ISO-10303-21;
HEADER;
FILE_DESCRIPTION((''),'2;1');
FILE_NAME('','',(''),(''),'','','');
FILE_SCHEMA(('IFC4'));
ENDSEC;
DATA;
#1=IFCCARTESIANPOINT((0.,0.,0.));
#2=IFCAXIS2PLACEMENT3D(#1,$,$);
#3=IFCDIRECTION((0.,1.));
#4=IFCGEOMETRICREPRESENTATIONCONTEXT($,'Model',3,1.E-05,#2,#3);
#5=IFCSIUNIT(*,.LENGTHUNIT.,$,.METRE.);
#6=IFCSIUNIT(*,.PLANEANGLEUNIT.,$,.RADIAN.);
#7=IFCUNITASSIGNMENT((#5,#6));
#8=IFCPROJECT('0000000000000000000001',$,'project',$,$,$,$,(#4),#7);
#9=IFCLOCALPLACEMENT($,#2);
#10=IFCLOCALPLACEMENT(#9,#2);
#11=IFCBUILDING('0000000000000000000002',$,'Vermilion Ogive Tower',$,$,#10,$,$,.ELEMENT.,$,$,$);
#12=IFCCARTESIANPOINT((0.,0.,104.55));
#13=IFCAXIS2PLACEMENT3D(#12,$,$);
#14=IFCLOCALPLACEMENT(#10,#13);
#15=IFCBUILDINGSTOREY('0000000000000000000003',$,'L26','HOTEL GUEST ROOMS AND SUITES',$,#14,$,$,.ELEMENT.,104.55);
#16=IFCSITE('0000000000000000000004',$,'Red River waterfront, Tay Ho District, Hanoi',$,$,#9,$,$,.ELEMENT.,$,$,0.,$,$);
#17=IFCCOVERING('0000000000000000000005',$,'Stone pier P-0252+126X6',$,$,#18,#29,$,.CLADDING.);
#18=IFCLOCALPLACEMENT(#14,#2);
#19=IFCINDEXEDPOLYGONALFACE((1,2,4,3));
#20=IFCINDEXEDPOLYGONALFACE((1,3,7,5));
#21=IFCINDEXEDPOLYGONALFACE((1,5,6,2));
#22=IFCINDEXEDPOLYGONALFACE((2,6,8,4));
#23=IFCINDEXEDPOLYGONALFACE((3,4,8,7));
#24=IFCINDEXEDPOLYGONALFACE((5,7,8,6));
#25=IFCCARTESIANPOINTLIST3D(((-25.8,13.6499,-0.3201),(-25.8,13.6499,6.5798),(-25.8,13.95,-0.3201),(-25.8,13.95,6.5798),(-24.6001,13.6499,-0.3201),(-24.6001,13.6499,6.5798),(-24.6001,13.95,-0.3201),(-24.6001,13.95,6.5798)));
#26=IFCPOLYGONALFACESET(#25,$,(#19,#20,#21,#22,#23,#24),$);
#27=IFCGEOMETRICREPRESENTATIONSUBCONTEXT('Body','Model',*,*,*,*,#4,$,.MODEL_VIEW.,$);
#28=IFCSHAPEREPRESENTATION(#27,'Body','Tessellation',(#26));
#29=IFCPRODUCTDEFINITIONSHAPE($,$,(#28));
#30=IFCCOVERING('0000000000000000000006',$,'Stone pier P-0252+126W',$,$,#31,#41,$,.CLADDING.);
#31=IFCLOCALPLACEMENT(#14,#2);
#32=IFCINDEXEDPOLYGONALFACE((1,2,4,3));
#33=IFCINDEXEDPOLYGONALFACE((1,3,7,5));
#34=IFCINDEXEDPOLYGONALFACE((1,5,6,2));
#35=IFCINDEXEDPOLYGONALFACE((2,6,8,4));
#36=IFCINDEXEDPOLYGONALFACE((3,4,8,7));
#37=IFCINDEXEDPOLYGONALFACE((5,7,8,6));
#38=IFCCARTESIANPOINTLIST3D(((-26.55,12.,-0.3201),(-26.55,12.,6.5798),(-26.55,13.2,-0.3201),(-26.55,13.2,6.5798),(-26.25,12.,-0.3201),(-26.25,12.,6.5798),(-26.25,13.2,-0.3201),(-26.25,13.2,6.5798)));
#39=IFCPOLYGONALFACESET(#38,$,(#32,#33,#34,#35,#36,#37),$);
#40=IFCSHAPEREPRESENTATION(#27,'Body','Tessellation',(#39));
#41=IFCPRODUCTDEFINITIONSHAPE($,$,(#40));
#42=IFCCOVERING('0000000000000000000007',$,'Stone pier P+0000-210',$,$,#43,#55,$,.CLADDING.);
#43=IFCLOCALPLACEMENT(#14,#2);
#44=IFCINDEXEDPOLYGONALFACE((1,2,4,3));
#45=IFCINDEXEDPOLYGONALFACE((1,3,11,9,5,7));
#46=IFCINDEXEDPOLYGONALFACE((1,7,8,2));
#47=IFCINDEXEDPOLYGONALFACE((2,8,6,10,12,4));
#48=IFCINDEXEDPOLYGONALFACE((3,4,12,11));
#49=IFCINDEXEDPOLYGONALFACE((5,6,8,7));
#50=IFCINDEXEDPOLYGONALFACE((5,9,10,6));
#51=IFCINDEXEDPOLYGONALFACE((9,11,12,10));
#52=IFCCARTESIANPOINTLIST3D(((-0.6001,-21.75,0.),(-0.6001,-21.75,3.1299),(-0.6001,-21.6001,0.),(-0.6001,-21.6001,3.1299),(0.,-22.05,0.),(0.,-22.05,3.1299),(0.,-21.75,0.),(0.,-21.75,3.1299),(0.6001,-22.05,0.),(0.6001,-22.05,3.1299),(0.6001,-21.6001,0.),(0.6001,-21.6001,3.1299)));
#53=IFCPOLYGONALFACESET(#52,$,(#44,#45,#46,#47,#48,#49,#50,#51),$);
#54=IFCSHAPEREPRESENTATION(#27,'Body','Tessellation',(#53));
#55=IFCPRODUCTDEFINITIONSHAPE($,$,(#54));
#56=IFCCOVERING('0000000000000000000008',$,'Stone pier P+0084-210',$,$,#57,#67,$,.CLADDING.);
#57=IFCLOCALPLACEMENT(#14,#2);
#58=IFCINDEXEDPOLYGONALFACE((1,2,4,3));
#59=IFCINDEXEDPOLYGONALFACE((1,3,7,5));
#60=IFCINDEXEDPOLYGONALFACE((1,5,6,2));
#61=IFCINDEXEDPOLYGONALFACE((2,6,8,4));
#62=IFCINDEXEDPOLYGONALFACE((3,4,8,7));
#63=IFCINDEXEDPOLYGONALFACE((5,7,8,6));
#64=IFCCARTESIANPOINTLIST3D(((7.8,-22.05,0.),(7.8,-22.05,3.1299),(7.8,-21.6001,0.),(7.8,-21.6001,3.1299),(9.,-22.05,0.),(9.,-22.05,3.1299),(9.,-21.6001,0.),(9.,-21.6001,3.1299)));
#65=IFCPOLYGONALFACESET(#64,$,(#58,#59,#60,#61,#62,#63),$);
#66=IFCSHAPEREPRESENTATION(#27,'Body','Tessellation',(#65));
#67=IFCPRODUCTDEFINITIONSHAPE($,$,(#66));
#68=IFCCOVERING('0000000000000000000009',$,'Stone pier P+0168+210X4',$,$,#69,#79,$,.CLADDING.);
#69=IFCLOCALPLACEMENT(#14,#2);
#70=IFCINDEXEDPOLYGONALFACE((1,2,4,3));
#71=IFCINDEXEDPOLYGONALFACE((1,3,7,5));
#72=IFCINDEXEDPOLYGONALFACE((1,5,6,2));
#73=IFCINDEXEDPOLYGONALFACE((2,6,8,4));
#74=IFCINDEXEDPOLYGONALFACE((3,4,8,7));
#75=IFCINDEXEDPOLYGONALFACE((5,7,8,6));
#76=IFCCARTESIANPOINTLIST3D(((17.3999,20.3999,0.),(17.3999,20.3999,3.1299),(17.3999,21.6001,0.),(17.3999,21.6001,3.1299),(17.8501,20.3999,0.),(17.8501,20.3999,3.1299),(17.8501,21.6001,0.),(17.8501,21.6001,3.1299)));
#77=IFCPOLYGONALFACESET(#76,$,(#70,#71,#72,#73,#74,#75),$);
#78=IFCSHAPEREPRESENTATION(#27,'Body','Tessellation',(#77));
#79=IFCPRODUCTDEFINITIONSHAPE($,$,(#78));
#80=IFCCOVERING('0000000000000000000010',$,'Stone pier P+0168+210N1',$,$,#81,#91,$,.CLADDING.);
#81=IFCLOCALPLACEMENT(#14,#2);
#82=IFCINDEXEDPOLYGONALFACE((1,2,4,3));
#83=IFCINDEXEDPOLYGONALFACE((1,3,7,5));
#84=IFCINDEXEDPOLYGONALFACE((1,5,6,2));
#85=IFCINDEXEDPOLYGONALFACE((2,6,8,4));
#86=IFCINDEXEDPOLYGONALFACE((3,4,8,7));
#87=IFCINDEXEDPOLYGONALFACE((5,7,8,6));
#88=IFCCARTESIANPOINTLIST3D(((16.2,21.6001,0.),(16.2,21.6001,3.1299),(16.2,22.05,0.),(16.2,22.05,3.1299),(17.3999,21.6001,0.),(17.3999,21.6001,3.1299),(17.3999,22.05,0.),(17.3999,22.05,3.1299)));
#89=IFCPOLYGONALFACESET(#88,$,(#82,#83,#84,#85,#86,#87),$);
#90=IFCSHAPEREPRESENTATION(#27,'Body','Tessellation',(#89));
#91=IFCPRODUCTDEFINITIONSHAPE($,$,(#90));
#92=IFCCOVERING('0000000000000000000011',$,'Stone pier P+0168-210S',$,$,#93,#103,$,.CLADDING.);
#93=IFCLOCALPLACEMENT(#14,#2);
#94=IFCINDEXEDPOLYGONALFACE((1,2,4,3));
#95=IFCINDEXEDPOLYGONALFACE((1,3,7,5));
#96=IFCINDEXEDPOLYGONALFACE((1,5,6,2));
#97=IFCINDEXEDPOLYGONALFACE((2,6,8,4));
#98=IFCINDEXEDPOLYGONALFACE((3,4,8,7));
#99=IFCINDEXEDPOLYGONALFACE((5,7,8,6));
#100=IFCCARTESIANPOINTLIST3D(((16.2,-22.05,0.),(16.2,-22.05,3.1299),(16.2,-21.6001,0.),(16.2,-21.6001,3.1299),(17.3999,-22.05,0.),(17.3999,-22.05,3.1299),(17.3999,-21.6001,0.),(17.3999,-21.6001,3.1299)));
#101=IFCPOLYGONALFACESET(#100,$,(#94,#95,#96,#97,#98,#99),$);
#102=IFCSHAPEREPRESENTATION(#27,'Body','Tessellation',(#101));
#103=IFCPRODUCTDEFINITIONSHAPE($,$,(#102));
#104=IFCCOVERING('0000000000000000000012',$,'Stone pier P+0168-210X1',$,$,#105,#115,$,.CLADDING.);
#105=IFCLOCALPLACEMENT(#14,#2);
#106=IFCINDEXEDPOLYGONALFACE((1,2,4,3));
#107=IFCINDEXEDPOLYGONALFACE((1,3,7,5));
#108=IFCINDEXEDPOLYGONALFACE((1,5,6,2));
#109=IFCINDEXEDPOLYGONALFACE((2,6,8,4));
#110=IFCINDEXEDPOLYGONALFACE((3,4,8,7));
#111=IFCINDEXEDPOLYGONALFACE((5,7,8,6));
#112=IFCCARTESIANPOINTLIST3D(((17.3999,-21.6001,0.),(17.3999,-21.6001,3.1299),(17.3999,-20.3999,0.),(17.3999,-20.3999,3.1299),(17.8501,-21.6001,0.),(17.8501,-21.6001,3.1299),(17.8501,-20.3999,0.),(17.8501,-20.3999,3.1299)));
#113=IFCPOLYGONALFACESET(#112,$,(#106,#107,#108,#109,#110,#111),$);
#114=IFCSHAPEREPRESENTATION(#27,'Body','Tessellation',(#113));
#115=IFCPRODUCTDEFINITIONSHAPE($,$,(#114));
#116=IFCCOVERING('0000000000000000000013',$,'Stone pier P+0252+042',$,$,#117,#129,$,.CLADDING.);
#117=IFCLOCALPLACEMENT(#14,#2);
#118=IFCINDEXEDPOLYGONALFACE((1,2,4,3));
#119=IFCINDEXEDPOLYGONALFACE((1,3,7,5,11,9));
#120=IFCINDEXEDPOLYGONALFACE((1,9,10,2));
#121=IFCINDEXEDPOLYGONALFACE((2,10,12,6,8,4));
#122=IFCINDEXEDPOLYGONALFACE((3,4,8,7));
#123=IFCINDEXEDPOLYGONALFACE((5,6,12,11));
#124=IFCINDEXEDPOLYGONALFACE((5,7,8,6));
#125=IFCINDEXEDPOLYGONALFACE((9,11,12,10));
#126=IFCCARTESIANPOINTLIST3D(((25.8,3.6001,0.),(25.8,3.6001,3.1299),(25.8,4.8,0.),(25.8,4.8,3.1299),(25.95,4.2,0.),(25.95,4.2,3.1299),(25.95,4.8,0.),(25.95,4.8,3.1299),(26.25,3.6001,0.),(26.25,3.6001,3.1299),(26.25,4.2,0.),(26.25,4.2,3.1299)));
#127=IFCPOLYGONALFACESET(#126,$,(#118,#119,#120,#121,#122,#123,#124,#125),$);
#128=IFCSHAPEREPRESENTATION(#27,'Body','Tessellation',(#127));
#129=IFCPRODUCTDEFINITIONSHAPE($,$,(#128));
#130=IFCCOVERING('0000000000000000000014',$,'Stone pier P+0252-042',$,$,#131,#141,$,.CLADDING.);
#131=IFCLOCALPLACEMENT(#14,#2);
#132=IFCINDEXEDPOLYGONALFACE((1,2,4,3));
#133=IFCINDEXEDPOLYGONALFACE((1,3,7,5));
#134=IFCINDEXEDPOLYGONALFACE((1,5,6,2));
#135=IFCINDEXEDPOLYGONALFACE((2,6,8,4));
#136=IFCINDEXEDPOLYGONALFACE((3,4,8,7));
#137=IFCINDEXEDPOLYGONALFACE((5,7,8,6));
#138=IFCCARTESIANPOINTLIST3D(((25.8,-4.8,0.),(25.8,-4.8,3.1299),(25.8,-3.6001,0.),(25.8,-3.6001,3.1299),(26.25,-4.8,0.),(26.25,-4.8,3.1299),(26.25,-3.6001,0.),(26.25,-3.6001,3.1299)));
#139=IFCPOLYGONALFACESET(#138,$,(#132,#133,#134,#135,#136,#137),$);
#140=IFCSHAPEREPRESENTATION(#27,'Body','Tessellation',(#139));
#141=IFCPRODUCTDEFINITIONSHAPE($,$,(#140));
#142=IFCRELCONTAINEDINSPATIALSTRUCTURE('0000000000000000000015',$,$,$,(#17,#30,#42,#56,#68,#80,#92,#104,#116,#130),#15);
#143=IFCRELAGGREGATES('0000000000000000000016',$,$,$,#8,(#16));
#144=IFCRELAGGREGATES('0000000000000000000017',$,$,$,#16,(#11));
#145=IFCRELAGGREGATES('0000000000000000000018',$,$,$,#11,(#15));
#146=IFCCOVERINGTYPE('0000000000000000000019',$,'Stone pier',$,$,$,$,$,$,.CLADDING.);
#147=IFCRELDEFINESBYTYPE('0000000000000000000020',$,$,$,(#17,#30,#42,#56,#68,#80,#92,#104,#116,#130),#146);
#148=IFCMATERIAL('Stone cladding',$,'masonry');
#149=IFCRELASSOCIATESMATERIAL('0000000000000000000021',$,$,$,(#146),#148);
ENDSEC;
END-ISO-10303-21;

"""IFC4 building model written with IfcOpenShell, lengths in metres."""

from ifc_helpers import new_model, si_unit, direction, frame, origin, place, context, subcontext, project, spatial, polyline, outline, extrude, material, type_object, element, save


model = new_model("IFC4")

# Units and contexts
model_context = context("Model", 3, precision=1e-05, world=origin(), true_north=direction((0.0, 1.0)))
body_context = subcontext(model_context, "Body", "Model", "MODEL_VIEW")
ifc_project = project(units=[si_unit("LENGTHUNIT", "METRE"), si_unit("PLANEANGLEUNIT", "RADIAN")], contexts=[model_context])

# Site, building, storey
site_placement = place(None, origin())
site = spatial("IfcSite", under=ifc_project, at=site_placement, Name="Red River waterfront, Tay Ho District, Hanoi", CompositionType="ELEMENT", RefElevation=0.0)
building_placement = place(site_placement, origin())
building = spatial("IfcBuilding", under=site, at=building_placement, Name="Vermilion Ogive Tower", CompositionType="ELEMENT")
storey_placement = place(building_placement, frame((0.0, 0.0, 104.55)))
storey = spatial("IfcBuildingStorey", under=building, at=storey_placement, Name="L26", Description="HOTEL GUEST ROOMS AND SUITES", CompositionType="ELEMENT", Elevation=104.55)

# Coverings
ifc_material_1 = material(Name="Stone cladding", Category="masonry")
covering_type_1 = type_object("IfcCoveringType", Name="Stone pier", PredefinedType="CLADDING", material=ifc_material_1)
covering_1_placement = place(storey_placement, frame((0.0, 0.0, -0.3201)))
element("IfcCovering", 1, at=covering_1_placement, inside=storey, type_object=covering_type_1, Name="Stone pier P-0252+126X6", PredefinedType="CLADDING", context=body_context, shape_type="SweptSolid", body=[
    extrude(outline(polyline([(-25.8, 13.95), (-24.6001, 13.95), (-24.6001, 13.6499), (-25.8, 13.6499), (-25.8, 13.95)])), origin(), (0.0, 0.0, 1.0), 6.8999),
])
covering_2_placement = place(storey_placement, frame((0.0, 0.0, -0.3201)))
element("IfcCovering", 2, at=covering_2_placement, inside=storey, type_object=covering_type_1, Name="Stone pier P-0252+126W", PredefinedType="CLADDING", context=body_context, shape_type="SweptSolid", body=[
    extrude(outline(polyline([(-26.55, 13.2), (-26.25, 13.2), (-26.25, 12.0), (-26.55, 12.0), (-26.55, 13.2)])), origin(), (0.0, 0.0, 1.0), 6.8999),
])
covering_3_placement = place(storey_placement, origin())
element("IfcCovering", 3, at=covering_3_placement, inside=storey, type_object=covering_type_1, Name="Stone pier P+0000-210", PredefinedType="CLADDING", context=body_context, shape_type="SweptSolid", body=[
    extrude(outline(polyline([(0.6001, -21.6001), (0.6001, -21.6001), (0.6001, -22.05), (0.0, -22.05), (0.0, -21.75), (-0.6001, -21.75), (-0.6001, -22.05), (-0.6001, -22.05), (-0.6001, -21.6001), (-0.6001, -21.6001), (0.6001, -21.6001)])), origin(), (0.0, 0.0, 1.0), 3.1299),
])
covering_4_placement = place(storey_placement, origin())
element("IfcCovering", 4, at=covering_4_placement, inside=storey, type_object=covering_type_1, Name="Stone pier P+0084-210", PredefinedType="CLADDING", context=body_context, shape_type="SweptSolid", body=[
    extrude(outline(polyline([(9.0, -21.6001), (9.0, -22.05), (7.8, -22.05), (7.8, -21.6001), (9.0, -21.6001), (9.0, -21.6001)])), origin(), (0.0, 0.0, 1.0), 3.1299),
])
covering_5_placement = place(storey_placement, origin())
element("IfcCovering", 5, at=covering_5_placement, inside=storey, type_object=covering_type_1, Name="Stone pier P+0168+210X4", PredefinedType="CLADDING", context=body_context, shape_type="SweptSolid", body=[
    extrude(outline(polyline([(17.8501, 21.6001), (17.8501, 20.3999), (17.3999, 20.3999), (17.3999, 21.6001), (17.8501, 21.6001)])), origin(), (0.0, 0.0, 1.0), 3.1299),
])
covering_6_placement = place(storey_placement, origin())
element("IfcCovering", 6, at=covering_6_placement, inside=storey, type_object=covering_type_1, Name="Stone pier P+0168+210N1", PredefinedType="CLADDING", context=body_context, shape_type="SweptSolid", body=[
    extrude(outline(polyline([(17.3999, 22.05), (17.3999, 21.6001), (16.2, 21.6001), (16.2, 22.05), (17.3999, 22.05)])), origin(), (0.0, 0.0, 1.0), 3.1299),
])
covering_7_placement = place(storey_placement, origin())
element("IfcCovering", 7, at=covering_7_placement, inside=storey, type_object=covering_type_1, Name="Stone pier P+0168-210S", PredefinedType="CLADDING", context=body_context, shape_type="SweptSolid", body=[
    extrude(outline(polyline([(17.3999, -22.05), (16.2, -22.05), (16.2, -21.6001), (17.3999, -21.6001), (17.3999, -22.05)])), origin(), (0.0, 0.0, 1.0), 3.1299),
])
covering_8_placement = place(storey_placement, origin())
element("IfcCovering", 8, at=covering_8_placement, inside=storey, type_object=covering_type_1, Name="Stone pier P+0168-210X1", PredefinedType="CLADDING", context=body_context, shape_type="SweptSolid", body=[
    extrude(outline(polyline([(17.8501, -21.6001), (17.3999, -21.6001), (17.3999, -20.3999), (17.8501, -20.3999), (17.8501, -21.6001)])), origin(), (0.0, 0.0, 1.0), 3.1299),
])
covering_9_placement = place(storey_placement, origin())
element("IfcCovering", 9, at=covering_9_placement, inside=storey, type_object=covering_type_1, Name="Stone pier P+0252+042", PredefinedType="CLADDING", context=body_context, shape_type="SweptSolid", body=[
    extrude(outline(polyline([(25.8, 4.8), (25.8, 4.8), (26.25, 4.8), (26.25, 4.8), (25.95, 4.8), (25.95, 4.2), (26.25, 4.2), (26.25, 3.6001), (25.8, 3.6001), (25.8, 3.6001), (25.8, 4.8)])), origin(), (0.0, 0.0, 1.0), 3.1299),
])
covering_10_placement = place(storey_placement, origin())
element("IfcCovering", 10, at=covering_10_placement, inside=storey, type_object=covering_type_1, Name="Stone pier P+0252-042", PredefinedType="CLADDING", context=body_context, shape_type="SweptSolid", body=[
    extrude(outline(polyline([(25.8, -3.6001), (26.25, -3.6001), (26.25, -4.8), (25.8, -4.8), (25.8, -4.8), (25.8, -3.6001)])), origin(), (0.0, 0.0, 1.0), 3.1299),
])

save(model, "model.ifc")
